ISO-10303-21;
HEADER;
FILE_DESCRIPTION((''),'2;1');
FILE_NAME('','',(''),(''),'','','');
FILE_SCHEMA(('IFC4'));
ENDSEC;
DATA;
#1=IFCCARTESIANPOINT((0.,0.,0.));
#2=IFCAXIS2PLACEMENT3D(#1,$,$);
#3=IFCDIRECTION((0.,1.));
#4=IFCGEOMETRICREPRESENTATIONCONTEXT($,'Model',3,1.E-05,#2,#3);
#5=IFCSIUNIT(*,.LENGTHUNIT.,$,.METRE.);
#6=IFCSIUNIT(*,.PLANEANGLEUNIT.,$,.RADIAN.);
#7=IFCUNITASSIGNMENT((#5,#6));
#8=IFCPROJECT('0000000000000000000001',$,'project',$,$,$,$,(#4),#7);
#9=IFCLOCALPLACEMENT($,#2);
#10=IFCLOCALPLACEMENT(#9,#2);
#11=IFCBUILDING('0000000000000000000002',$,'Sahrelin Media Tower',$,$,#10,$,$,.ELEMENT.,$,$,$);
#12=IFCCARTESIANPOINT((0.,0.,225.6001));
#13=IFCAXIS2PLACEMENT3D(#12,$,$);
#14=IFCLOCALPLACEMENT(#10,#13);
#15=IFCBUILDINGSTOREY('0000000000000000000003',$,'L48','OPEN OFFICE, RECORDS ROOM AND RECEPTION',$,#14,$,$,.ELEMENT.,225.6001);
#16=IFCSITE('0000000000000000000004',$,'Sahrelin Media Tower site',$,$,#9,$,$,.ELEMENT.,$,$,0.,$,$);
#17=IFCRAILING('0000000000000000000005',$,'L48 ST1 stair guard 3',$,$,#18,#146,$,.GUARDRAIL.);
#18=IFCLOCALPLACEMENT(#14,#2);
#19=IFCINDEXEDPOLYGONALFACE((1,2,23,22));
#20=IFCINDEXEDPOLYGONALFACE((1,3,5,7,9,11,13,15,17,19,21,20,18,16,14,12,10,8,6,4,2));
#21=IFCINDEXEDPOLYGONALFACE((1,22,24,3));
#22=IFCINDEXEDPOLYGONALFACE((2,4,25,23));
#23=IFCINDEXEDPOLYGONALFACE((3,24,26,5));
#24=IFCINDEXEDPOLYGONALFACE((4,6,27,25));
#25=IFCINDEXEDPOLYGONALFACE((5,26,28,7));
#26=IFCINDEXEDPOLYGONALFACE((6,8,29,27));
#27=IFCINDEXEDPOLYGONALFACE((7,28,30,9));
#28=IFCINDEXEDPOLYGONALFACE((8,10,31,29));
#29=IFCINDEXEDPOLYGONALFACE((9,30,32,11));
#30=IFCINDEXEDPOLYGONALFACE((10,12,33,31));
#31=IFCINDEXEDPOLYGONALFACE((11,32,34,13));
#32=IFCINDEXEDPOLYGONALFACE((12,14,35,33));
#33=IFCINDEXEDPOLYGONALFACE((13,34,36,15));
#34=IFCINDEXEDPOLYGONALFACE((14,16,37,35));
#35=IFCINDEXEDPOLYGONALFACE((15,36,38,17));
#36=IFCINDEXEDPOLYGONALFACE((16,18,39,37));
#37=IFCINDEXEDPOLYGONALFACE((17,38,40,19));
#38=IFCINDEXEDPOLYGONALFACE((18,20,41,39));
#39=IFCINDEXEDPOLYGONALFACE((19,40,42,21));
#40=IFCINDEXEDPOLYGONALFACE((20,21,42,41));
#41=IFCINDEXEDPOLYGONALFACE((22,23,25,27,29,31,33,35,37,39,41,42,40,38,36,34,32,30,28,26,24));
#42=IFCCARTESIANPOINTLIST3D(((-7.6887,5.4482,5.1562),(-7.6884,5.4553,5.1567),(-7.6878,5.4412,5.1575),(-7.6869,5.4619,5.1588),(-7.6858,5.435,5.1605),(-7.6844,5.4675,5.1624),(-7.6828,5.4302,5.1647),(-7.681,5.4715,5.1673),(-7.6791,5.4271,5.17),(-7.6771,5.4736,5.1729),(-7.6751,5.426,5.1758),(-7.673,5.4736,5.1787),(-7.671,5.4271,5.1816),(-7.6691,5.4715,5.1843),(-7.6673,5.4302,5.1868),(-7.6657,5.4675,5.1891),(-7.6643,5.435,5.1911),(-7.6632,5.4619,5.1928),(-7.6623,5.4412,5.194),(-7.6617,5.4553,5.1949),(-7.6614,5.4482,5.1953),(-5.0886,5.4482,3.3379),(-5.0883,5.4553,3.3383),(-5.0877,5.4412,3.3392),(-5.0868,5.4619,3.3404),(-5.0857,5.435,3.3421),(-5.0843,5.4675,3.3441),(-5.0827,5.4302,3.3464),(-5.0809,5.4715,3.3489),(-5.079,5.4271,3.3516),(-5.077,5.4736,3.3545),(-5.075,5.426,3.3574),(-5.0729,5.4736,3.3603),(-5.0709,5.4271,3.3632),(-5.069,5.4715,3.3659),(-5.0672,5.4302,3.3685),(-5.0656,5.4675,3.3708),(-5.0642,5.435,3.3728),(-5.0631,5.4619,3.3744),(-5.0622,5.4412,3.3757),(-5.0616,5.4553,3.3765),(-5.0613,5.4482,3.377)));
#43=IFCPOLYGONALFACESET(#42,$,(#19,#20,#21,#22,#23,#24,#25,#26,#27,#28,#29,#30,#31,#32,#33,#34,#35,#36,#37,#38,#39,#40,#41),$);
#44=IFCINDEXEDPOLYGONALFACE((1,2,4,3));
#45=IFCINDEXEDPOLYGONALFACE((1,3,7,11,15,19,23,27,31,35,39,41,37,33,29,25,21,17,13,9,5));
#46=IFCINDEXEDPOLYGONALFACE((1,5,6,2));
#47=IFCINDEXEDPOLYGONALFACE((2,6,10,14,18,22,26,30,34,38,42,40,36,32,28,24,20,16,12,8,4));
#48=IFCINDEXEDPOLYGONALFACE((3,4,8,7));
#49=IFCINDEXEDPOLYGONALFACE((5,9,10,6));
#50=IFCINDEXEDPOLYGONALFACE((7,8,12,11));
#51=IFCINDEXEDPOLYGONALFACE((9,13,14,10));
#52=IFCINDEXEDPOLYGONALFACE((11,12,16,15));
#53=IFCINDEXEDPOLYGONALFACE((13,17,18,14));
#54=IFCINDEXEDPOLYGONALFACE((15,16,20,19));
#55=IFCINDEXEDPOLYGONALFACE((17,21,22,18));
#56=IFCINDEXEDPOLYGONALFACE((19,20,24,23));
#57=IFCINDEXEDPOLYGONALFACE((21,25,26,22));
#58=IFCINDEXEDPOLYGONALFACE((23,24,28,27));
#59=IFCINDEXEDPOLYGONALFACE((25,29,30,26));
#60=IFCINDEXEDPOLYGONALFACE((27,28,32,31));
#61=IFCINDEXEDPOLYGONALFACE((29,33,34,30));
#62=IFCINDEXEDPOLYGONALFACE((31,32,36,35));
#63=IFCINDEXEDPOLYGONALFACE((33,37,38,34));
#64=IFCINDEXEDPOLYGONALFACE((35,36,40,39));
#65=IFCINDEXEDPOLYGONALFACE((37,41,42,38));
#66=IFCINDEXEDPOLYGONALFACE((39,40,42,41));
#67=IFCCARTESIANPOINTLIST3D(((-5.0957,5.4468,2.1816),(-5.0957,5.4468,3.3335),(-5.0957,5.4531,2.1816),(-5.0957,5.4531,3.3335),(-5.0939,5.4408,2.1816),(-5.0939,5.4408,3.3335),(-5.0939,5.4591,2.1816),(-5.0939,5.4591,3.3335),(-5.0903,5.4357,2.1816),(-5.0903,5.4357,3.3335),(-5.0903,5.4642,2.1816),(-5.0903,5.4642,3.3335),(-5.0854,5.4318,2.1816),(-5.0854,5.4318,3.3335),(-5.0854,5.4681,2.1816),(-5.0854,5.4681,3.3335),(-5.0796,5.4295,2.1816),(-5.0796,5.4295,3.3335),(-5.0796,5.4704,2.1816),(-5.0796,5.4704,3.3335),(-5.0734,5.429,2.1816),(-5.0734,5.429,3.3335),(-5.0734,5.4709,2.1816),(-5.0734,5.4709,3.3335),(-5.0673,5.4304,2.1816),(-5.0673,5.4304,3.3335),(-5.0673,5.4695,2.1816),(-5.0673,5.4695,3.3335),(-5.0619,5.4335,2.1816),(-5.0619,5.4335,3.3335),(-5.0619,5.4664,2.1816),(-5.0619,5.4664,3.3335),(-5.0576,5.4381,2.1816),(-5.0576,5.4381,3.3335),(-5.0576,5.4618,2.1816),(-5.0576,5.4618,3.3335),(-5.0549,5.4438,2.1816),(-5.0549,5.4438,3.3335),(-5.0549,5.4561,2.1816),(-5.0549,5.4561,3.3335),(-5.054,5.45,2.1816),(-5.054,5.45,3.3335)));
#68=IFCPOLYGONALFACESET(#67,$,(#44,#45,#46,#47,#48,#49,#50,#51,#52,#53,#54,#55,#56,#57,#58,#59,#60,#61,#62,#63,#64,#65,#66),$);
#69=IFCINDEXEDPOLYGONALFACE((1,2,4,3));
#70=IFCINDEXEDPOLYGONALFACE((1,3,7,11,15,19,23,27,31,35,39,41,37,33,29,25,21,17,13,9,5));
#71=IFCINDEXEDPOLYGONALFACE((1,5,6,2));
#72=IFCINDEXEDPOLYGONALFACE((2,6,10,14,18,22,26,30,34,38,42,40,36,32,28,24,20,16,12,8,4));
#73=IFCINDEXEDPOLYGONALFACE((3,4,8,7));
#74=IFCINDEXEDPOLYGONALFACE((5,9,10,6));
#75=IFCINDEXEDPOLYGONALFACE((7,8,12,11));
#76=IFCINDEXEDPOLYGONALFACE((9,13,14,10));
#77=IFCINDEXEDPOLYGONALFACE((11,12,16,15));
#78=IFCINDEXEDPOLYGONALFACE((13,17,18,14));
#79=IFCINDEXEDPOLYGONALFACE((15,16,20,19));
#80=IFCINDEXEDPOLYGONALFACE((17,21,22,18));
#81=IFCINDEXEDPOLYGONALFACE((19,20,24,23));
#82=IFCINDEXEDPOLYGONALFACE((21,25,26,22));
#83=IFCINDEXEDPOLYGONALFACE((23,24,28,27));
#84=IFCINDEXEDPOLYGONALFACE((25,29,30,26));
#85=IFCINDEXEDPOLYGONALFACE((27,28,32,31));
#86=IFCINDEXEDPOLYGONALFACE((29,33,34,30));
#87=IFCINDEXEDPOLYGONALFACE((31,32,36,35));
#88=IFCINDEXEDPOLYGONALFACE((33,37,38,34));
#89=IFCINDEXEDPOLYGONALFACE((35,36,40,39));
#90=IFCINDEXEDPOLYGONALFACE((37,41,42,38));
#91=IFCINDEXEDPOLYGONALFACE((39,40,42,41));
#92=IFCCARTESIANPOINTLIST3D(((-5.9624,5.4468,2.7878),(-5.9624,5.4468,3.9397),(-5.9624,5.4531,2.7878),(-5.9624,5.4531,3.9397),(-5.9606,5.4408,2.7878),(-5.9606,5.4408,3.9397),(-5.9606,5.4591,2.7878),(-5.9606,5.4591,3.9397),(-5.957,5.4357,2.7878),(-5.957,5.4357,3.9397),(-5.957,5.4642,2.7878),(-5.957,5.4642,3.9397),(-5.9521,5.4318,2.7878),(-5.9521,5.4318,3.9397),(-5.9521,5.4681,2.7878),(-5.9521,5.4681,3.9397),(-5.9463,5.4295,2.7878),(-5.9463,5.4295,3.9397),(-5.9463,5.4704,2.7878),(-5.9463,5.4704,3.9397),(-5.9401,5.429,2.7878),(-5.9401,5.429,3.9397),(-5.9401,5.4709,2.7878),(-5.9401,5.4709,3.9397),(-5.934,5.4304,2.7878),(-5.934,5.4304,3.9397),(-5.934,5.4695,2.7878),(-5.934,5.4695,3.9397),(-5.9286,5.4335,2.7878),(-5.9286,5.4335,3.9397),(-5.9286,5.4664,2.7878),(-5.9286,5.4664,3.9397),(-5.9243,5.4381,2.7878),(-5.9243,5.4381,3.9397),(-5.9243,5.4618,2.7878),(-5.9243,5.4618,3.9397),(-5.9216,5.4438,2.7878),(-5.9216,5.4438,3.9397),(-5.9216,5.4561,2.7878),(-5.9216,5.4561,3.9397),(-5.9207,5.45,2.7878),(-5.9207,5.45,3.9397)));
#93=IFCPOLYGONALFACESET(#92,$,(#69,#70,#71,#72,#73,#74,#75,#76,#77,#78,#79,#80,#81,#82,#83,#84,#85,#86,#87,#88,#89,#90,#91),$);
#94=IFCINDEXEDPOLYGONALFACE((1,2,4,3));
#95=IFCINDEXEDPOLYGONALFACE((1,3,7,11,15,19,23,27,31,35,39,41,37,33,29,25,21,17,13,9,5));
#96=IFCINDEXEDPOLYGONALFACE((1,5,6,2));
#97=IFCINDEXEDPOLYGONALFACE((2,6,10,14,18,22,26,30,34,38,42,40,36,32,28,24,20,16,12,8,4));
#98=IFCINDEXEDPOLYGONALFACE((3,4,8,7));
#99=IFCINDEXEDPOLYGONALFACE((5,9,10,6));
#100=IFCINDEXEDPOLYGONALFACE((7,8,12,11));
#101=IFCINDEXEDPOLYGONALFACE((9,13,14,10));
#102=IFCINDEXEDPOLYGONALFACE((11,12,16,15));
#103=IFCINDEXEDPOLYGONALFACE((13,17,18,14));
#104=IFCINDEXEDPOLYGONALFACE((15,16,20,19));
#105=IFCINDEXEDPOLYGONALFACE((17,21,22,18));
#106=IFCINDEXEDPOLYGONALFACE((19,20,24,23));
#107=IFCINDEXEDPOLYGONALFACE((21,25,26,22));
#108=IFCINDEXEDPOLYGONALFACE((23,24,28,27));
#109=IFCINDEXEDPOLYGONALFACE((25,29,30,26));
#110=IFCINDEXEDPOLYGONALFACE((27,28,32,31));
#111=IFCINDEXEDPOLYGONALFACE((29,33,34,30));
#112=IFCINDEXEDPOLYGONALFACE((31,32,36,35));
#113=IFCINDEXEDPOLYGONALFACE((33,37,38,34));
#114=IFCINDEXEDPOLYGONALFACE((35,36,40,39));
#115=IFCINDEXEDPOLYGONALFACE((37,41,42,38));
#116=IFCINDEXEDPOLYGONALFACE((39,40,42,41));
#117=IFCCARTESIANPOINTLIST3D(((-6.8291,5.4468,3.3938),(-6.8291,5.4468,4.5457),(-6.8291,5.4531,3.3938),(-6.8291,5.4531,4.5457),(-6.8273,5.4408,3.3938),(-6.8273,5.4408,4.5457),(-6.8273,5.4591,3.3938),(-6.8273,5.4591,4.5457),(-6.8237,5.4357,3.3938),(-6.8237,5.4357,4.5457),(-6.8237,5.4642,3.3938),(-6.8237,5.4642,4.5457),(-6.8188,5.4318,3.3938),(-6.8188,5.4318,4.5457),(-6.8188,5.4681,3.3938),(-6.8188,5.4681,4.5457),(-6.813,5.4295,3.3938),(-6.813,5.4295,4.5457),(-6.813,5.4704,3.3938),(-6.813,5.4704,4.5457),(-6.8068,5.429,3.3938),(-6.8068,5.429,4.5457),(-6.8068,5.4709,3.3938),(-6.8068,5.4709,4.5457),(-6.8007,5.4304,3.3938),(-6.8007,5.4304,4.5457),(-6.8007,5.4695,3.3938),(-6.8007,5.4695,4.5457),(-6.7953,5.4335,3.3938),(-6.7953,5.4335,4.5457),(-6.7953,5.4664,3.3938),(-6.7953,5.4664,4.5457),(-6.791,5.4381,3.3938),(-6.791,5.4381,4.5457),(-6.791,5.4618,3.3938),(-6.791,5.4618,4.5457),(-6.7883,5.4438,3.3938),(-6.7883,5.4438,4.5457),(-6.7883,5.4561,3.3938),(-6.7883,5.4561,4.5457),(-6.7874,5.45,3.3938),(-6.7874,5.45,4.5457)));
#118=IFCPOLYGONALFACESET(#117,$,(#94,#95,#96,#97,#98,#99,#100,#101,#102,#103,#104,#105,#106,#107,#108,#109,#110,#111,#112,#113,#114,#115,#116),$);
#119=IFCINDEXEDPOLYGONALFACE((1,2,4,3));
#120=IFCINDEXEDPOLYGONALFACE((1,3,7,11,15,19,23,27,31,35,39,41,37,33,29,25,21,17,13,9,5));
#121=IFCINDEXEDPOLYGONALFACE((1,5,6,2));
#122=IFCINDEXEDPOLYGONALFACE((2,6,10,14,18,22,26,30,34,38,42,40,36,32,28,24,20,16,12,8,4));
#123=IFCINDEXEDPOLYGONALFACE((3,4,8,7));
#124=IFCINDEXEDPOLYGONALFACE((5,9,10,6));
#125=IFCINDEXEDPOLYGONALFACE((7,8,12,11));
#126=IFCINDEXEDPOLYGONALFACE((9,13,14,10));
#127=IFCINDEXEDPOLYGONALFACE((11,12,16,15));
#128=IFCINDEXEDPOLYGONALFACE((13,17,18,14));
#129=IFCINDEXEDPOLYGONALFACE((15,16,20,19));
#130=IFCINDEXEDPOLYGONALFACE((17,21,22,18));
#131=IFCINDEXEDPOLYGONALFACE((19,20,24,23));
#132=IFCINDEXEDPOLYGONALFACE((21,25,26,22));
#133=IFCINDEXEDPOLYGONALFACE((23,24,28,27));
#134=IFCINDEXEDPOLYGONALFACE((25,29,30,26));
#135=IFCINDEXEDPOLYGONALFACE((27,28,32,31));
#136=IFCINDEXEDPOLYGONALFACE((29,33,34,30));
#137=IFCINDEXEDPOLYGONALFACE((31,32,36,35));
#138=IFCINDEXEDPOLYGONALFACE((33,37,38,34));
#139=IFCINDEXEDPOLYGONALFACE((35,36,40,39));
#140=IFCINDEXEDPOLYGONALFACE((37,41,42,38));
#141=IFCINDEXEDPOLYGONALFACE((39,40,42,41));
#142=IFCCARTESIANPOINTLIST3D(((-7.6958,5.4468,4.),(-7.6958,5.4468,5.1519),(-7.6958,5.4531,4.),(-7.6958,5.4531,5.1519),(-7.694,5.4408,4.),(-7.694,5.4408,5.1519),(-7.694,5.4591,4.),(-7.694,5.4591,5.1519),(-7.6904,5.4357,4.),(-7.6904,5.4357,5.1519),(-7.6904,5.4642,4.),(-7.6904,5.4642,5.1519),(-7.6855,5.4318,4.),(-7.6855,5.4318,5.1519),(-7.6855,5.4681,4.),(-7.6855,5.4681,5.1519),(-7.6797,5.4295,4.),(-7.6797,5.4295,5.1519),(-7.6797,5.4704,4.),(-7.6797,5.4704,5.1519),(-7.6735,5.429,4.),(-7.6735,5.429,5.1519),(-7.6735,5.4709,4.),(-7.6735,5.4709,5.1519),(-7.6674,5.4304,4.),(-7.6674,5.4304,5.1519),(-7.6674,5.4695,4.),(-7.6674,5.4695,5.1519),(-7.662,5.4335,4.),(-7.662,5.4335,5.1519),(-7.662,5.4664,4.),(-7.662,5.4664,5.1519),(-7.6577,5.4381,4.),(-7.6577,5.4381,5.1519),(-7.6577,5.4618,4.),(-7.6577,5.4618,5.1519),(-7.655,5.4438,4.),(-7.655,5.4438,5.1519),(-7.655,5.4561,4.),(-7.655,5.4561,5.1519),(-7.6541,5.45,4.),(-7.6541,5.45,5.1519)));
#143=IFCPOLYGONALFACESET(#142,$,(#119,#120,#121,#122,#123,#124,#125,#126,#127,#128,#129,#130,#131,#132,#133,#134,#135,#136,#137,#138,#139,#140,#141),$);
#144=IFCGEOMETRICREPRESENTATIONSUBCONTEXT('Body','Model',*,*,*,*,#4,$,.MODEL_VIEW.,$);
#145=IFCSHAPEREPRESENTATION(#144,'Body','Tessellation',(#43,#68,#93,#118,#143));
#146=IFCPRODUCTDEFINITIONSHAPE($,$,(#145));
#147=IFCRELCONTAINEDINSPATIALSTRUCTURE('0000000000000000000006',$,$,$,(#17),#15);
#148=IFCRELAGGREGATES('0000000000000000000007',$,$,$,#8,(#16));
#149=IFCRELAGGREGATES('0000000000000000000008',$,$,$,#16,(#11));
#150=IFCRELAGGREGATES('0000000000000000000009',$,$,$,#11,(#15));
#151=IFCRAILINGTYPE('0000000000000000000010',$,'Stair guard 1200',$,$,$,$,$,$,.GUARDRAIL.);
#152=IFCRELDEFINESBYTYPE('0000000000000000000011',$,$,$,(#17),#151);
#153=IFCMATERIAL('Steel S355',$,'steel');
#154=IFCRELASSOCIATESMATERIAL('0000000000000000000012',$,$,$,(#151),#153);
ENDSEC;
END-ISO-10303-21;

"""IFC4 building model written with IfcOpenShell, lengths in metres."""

from ifc_helpers import new_model, si_unit, direction, frame, origin, origin_2d, place, context, subcontext, project, spatial, circle, extrude, material, type_object, element, save


model = new_model("IFC4")

# Units and contexts
model_context = context("Model", 3, precision=1e-05, world=origin(), true_north=direction((0.0, 1.0)))
body_context = subcontext(model_context, "Body", "Model", "MODEL_VIEW")
ifc_project = project(units=[si_unit("LENGTHUNIT", "METRE"), si_unit("PLANEANGLEUNIT", "RADIAN")], contexts=[model_context])

# Site, building, storey
site_placement = place(None, origin())
site = spatial("IfcSite", under=ifc_project, at=site_placement, Name="Sahrelin Media Tower site", CompositionType="ELEMENT", RefElevation=0.0)
building_placement = place(site_placement, origin())
building = spatial("IfcBuilding", under=site, at=building_placement, Name="Sahrelin Media Tower", CompositionType="ELEMENT")
storey_placement = place(building_placement, frame((0.0, 0.0, 225.6001)))
storey = spatial("IfcBuildingStorey", under=building, at=storey_placement, Name="L48", Description="OPEN OFFICE, RECORDS ROOM AND RECEPTION", CompositionType="ELEMENT", Elevation=225.6001)

# Shared definitions
ifc_material_1 = material(Name="Steel S355", Category="steel")

# Railing
railing_type_1 = type_object("IfcRailingType", Name="Stair guard 1200", PredefinedType="GUARDRAIL", material=ifc_material_1)
railing_1_placement = place(storey_placement, frame((-5.075, 5.45, 2.1816)))
element("IfcRailing", 1, at=railing_1_placement, inside=storey, type_object=railing_type_1, Name="L48 ST1 stair guard 3", PredefinedType="GUARDRAIL", context=body_context, shape_type="SweptSolid", body=[
    extrude(circle(Radius=0.0239, at=origin_2d()), frame((0.0, 0.0, 1.1758), z_axis=(-0.819485, 0.0, 0.573101), x_axis=(0.0, -1.0, 0.0)), (0.0, 0.0, 1.0), 3.1729),
    extrude(circle(Radius=0.021, at=origin_2d()), origin(), (0.0, 0.0, 1.0), 1.1519),
    extrude(circle(Radius=0.021, at=origin_2d()), frame((-0.8667, 0.0, 0.6062)), (0.0, 0.0, 1.0), 1.1519),
    extrude(circle(Radius=0.021, at=origin_2d()), frame((-1.7334, 0.0, 1.2122)), (0.0, 0.0, 1.0), 1.1519),
    extrude(circle(Radius=0.021, at=origin_2d()), frame((-2.6001, 0.0, 1.8184)), (0.0, 0.0, 1.0), 1.1519),
])

save(model, "model.ifc")
